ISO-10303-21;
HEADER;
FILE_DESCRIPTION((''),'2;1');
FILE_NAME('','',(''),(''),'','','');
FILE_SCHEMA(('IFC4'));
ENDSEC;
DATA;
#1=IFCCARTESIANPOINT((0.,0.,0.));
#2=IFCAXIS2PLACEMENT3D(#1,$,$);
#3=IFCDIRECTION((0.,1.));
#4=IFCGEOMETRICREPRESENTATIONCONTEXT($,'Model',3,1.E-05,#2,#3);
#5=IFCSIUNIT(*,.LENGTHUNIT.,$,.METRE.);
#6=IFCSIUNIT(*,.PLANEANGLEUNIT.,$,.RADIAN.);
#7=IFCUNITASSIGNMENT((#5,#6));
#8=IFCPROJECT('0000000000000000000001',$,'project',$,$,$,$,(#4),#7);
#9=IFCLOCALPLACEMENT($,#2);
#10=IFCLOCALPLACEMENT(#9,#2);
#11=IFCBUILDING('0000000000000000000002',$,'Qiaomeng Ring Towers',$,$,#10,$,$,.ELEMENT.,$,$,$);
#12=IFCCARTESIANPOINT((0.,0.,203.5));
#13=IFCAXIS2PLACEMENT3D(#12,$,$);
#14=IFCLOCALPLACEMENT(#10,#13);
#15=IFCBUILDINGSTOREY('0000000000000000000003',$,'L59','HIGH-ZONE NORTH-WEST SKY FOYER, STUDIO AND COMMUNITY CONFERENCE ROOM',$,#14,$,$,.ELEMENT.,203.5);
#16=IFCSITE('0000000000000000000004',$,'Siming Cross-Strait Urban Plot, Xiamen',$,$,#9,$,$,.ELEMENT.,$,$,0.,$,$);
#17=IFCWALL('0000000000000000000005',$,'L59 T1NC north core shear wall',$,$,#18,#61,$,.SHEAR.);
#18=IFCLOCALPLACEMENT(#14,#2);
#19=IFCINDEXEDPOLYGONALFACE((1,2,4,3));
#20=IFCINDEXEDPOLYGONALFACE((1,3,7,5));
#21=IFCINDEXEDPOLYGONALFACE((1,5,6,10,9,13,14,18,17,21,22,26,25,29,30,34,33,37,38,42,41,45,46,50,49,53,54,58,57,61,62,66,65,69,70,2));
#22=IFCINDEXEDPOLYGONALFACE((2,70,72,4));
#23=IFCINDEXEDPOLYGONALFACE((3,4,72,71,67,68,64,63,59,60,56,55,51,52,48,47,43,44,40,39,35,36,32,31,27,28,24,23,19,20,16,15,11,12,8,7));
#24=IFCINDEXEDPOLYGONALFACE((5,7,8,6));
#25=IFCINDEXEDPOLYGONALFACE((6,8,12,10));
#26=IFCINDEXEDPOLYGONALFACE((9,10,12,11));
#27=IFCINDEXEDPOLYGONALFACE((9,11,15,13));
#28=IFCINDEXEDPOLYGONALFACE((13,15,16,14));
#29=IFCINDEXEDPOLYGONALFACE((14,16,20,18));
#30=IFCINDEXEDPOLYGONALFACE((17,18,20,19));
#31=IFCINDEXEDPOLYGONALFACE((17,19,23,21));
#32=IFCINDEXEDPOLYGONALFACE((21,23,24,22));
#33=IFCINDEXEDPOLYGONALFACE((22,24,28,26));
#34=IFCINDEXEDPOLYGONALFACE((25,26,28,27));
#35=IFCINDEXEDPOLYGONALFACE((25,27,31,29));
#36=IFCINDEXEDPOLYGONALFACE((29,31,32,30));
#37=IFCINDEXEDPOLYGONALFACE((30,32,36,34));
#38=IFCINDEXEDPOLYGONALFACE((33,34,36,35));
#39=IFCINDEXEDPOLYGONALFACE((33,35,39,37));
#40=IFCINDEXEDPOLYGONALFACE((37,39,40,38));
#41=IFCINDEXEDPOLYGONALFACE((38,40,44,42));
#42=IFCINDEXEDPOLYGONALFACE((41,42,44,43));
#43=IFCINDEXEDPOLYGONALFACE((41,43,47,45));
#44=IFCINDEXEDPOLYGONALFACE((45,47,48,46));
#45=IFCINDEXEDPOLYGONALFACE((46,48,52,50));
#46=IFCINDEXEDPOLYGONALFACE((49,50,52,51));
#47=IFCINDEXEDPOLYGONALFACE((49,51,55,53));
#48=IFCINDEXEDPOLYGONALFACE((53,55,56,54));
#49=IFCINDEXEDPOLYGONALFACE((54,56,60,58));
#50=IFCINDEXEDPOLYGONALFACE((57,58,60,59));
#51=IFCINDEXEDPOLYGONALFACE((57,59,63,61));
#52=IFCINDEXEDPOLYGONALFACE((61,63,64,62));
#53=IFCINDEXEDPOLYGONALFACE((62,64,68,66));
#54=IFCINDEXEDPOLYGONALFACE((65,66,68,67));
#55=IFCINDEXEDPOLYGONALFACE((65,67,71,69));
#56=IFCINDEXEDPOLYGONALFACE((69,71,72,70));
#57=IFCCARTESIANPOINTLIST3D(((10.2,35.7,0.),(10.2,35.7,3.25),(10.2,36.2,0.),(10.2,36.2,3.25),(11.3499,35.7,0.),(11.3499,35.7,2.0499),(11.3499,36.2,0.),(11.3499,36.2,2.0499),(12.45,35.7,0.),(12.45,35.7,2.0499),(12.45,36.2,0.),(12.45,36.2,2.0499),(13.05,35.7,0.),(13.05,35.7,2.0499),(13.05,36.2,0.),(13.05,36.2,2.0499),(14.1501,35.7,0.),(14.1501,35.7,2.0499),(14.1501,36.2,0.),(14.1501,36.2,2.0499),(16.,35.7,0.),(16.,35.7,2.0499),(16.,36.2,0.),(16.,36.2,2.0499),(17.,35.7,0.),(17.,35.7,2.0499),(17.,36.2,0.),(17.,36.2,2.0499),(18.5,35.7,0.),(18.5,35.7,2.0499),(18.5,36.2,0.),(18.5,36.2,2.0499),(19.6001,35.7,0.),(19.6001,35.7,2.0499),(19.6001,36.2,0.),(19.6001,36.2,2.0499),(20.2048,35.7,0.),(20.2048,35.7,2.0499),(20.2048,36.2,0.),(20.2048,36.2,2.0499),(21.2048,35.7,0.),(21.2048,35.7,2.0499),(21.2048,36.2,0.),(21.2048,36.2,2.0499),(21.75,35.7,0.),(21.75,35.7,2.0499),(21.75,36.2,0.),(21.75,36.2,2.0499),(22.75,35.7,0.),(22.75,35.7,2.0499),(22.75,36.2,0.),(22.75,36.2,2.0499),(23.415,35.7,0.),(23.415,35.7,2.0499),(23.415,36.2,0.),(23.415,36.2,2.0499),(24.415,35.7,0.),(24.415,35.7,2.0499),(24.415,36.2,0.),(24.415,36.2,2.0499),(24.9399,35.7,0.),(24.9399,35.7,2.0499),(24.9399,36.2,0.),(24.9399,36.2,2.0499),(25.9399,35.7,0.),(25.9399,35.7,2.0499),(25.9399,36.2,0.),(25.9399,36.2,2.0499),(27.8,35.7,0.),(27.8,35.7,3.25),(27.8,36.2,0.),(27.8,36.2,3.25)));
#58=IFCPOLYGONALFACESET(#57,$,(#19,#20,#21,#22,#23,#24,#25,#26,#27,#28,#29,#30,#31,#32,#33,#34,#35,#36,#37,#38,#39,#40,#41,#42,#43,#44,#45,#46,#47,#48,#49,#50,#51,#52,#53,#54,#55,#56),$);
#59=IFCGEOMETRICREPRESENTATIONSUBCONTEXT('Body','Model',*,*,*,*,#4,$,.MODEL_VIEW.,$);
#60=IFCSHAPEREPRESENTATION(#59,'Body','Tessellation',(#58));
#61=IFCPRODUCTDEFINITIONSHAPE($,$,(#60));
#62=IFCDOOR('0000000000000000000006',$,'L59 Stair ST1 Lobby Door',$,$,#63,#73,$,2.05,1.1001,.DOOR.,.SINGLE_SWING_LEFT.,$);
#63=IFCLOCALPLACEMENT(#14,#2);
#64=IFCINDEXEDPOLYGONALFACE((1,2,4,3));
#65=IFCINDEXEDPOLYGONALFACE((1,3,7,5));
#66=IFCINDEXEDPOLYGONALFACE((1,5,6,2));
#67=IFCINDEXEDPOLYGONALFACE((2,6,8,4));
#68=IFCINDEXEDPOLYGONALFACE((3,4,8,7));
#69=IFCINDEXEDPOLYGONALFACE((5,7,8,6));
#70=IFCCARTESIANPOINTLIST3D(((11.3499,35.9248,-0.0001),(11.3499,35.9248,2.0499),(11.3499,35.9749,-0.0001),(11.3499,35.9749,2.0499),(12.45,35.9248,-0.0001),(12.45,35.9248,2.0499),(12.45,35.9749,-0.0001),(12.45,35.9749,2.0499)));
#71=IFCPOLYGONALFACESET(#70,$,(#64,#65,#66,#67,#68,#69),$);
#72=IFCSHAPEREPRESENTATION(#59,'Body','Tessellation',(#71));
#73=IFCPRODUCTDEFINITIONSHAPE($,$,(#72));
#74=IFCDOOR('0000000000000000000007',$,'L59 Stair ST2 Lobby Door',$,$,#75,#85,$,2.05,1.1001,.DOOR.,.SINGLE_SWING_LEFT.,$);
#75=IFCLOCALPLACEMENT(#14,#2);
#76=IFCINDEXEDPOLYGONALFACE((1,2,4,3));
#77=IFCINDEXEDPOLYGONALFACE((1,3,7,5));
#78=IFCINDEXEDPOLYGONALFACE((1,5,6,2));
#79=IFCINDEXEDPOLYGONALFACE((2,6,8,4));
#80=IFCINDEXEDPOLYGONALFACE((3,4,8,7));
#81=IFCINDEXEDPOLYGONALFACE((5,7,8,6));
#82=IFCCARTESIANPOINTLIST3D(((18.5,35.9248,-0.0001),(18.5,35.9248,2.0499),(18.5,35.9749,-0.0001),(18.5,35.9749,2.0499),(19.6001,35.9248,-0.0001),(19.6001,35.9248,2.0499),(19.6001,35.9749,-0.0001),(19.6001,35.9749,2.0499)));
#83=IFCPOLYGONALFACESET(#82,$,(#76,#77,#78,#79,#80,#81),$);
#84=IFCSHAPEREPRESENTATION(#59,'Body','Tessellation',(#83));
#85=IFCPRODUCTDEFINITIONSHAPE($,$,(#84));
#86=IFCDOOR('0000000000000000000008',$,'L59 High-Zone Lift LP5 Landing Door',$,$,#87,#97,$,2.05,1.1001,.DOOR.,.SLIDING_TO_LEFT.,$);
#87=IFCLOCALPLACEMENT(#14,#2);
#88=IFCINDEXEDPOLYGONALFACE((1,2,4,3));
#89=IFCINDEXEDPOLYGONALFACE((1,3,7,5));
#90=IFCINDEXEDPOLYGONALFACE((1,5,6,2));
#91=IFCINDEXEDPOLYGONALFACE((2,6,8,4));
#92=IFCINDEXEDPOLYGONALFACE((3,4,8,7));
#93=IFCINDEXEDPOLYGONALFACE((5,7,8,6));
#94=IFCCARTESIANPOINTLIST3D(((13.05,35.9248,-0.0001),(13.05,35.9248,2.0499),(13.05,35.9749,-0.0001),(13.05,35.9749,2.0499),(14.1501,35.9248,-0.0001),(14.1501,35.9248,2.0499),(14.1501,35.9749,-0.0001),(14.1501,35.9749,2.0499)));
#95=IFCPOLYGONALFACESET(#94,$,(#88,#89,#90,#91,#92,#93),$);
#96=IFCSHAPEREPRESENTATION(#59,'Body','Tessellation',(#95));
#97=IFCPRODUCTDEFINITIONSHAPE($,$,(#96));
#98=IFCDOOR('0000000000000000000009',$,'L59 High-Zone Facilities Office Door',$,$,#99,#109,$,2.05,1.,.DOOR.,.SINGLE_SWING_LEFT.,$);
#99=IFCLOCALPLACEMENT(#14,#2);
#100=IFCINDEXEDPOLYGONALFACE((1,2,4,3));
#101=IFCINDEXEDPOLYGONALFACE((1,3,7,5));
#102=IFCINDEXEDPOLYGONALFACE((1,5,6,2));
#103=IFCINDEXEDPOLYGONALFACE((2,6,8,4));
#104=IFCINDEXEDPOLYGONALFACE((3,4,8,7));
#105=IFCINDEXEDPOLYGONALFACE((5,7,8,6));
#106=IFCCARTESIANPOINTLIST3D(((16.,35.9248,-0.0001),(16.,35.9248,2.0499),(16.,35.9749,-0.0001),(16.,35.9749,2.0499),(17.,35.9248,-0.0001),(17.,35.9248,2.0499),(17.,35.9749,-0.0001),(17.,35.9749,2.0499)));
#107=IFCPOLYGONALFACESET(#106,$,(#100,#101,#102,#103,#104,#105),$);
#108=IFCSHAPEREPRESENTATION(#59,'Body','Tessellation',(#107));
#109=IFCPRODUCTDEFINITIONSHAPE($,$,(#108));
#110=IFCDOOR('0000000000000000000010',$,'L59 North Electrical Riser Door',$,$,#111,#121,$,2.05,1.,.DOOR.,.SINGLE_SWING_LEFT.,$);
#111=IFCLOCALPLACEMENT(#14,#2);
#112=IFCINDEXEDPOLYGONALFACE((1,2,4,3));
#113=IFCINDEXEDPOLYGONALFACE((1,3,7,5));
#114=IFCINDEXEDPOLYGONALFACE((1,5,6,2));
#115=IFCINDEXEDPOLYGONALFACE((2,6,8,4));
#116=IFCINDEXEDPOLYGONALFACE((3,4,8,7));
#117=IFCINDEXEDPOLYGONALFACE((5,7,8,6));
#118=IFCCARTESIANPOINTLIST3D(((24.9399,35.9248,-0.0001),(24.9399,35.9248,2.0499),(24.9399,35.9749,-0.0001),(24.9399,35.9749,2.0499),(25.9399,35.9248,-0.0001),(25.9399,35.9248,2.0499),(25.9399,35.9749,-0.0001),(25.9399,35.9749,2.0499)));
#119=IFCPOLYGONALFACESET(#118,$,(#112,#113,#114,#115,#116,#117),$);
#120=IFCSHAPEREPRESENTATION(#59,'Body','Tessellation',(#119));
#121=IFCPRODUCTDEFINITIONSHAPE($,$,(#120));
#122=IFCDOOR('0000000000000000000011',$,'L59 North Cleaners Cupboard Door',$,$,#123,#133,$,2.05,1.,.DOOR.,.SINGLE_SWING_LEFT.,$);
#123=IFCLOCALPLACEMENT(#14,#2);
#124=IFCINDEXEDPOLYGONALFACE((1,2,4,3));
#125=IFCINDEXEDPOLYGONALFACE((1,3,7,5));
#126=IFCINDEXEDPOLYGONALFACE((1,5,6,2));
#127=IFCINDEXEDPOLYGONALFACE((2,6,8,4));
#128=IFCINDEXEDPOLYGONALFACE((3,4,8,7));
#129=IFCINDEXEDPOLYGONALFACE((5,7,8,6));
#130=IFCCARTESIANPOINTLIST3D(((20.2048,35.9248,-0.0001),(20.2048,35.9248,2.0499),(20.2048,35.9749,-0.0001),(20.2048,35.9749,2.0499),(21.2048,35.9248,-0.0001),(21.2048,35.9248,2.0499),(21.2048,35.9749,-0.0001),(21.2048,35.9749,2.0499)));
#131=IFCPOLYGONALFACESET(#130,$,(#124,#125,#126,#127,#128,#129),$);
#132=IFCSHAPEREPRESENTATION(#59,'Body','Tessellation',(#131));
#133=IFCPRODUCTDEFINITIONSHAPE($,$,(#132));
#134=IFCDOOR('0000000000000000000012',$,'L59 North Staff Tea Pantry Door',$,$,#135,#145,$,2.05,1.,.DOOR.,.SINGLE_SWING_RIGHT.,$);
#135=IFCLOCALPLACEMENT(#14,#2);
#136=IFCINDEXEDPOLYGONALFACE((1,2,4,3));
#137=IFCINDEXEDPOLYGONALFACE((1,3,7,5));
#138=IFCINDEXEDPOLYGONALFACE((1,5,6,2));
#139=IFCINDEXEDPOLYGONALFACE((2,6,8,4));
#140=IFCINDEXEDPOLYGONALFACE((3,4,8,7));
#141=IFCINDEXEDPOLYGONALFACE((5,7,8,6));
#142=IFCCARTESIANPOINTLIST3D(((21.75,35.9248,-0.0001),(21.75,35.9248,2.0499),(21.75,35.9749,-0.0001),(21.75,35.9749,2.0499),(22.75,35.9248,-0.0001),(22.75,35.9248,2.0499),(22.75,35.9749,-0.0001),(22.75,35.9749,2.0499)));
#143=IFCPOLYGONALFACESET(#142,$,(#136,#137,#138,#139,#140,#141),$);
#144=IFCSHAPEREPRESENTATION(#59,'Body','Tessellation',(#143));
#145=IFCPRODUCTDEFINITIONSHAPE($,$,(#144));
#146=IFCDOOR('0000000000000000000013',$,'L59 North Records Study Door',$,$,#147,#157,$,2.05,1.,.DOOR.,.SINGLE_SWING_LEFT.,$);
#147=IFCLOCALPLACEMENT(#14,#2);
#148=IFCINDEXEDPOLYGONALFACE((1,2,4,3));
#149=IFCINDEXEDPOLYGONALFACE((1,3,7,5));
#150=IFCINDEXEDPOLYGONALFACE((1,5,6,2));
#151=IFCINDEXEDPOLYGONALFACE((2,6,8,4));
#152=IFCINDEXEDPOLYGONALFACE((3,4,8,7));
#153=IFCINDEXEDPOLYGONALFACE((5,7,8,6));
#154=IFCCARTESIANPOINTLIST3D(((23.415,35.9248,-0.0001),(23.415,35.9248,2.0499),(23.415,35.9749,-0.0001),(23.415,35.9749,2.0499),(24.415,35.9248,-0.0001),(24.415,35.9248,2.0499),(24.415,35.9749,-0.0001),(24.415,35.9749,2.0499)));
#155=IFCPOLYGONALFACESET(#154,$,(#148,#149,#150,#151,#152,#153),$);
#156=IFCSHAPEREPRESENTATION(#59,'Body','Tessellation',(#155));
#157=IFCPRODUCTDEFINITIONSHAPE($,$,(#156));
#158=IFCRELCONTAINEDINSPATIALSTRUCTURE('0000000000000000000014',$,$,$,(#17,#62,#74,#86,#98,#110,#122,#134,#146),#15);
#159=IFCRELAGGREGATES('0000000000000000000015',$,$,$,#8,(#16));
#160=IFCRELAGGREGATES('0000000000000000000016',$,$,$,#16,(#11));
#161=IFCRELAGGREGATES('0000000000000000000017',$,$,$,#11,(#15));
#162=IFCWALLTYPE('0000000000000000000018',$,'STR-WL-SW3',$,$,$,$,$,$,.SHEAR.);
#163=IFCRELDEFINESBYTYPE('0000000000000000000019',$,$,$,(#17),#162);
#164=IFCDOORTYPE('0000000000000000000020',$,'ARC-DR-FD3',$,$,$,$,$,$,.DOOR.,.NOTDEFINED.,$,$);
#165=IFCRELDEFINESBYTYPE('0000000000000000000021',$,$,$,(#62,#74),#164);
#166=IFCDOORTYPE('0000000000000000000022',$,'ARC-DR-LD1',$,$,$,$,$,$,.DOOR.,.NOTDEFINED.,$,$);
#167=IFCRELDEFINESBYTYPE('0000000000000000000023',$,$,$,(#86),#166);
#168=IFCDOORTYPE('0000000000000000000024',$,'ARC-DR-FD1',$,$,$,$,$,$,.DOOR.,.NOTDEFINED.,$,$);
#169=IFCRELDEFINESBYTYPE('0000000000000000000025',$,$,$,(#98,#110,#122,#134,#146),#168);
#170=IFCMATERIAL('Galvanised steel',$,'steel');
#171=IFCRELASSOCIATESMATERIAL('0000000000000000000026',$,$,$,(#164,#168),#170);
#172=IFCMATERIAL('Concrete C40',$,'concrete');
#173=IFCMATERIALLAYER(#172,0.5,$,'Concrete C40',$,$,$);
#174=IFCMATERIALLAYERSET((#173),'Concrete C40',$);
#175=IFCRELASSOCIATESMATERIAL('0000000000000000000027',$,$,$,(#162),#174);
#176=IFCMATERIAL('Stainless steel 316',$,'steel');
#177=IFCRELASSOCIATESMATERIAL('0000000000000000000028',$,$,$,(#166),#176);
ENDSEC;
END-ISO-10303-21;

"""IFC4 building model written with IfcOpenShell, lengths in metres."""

from ifc_helpers import new_model, si_unit, direction, frame, frame_2d, origin, place, context, subcontext, project, spatial, rectangle, extrude, source, transform, mapped, material, layer, layer_set, type_object, element, fill, save


model = new_model("IFC4")

# Units and contexts
model_context = context("Model", 3, precision=1e-05, world=origin(), true_north=direction((0.0, 1.0)))
body_context = subcontext(model_context, "Body", "Model", "MODEL_VIEW")
ifc_project = project(units=[si_unit("LENGTHUNIT", "METRE"), si_unit("PLANEANGLEUNIT", "RADIAN")], contexts=[model_context])

# Site, building, storey
site_placement = place(None, origin())
site = spatial("IfcSite", under=ifc_project, at=site_placement, Name="Siming Cross-Strait Urban Plot, Xiamen", CompositionType="ELEMENT", RefElevation=0.0)
building_placement = place(site_placement, origin())
building = spatial("IfcBuilding", under=site, at=building_placement, Name="Qiaomeng Ring Towers", CompositionType="ELEMENT")
storey_placement = place(building_placement, frame((0.0, 0.0, 203.5)))
storey = spatial("IfcBuildingStorey", under=building, at=storey_placement, Name="L59", Description="HIGH-ZONE NORTH-WEST SKY FOYER, STUDIO AND COMMUNITY CONFERENCE ROOM", CompositionType="ELEMENT", Elevation=203.5)

# Shared definitions
ifc_material_1 = material(Name="Concrete C40", Category="concrete")

# Shared definitions
ifc_material_2 = material(Name="Galvanised steel", Category="steel")
door_type_1 = type_object("IfcDoorType", Name="ARC-DR-FD3", OperationType="NOTDEFINED", PredefinedType="DOOR", material=ifc_material_2)
shared_shape_1 = source(origin(), body_context, "Body", "SweptSolid", [
    extrude(rectangle(XDim=1.1001, YDim=2.05, at=frame_2d((0.55, 1.0249))), frame((0.0, 0.0249, 0.0), z_axis=(0.0, -1.0, 0.0), x_axis=(1.0, 0.0, 0.0)), (0.0, 0.0, 1.0), 0.05),
])

# Wall, openings, doors
ifc_layer_1 = layer(ifc_material_1, 0.5, Name="Concrete C40")
ifc_layer_set_1 = layer_set([ifc_layer_1], Name="Concrete C40")
wall_type_1 = type_object("IfcWallType", Name="STR-WL-SW3", PredefinedType="SHEAR", material=ifc_layer_set_1)
wall_1_placement = place(storey_placement, frame((10.2, 35.95, 0.0), z_axis=(0.0, 0.0, 1.0), x_axis=(1.0, 0.0, 0.0)))
wall_1 = element("IfcWall", 1, at=wall_1_placement, inside=storey, type_object=wall_type_1, Name="L59 T1NC north core shear wall", PredefinedType="SHEAR", context=body_context, shape_type="SweptSolid", body=[
    extrude(rectangle(XDim=17.6001, YDim=0.5, at=frame_2d((8.8, 0.0))), origin(), (0.0, 0.0, 1.0), 3.25),
])
opening_1_placement = place(wall_1_placement, frame((1.1499, 0.0, 0.0)))
opening_1 = element("IfcOpeningElement", 2, at=opening_1_placement, cuts=wall_1, PredefinedType="OPENING", context=body_context, shape_type="SweptSolid", body=[
    extrude(rectangle(XDim=1.1001, YDim=2.05, at=frame_2d((0.55, 1.0249))), frame((0.0, 0.26, 0.0), z_axis=(0.0, -1.0, 0.0), x_axis=(1.0, 0.0, 0.0)), (0.0, 0.0, 1.0), 0.52),
])
opening_2_placement = place(wall_1_placement, frame((8.3, 0.0, 0.0)))
opening_2 = element("IfcOpeningElement", 3, at=opening_2_placement, cuts=wall_1, PredefinedType="OPENING", context=body_context, shape_type="SweptSolid", body=[
    extrude(rectangle(XDim=1.1001, YDim=2.05, at=frame_2d((0.55, 1.0249))), frame((0.0, 0.26, 0.0), z_axis=(0.0, -1.0, 0.0), x_axis=(1.0, 0.0, 0.0)), (0.0, 0.0, 1.0), 0.52),
])
opening_3_placement = place(wall_1_placement, frame((2.8501, 0.0, 0.0)))
opening_3 = element("IfcOpeningElement", 4, at=opening_3_placement, cuts=wall_1, PredefinedType="OPENING", context=body_context, shape_type="SweptSolid", body=[
    extrude(rectangle(XDim=1.1001, YDim=2.05, at=frame_2d((0.55, 1.0249))), frame((0.0, 0.26, 0.0), z_axis=(0.0, -1.0, 0.0), x_axis=(1.0, 0.0, 0.0)), (0.0, 0.0, 1.0), 0.52),
])
opening_4_placement = place(wall_1_placement, frame((5.8, 0.0, 0.0)))
opening_4 = element("IfcOpeningElement", 5, at=opening_4_placement, cuts=wall_1, PredefinedType="OPENING", context=body_context, shape_type="SweptSolid", body=[
    extrude(rectangle(XDim=1.0, YDim=2.05, at=frame_2d((0.5, 1.0249))), frame((0.0, 0.26, 0.0), z_axis=(0.0, -1.0, 0.0), x_axis=(1.0, 0.0, 0.0)), (0.0, 0.0, 1.0), 0.52),
])
opening_5_placement = place(wall_1_placement, frame((14.74, 0.0, 0.0)))
opening_5 = element("IfcOpeningElement", 6, at=opening_5_placement, cuts=wall_1, PredefinedType="OPENING", context=body_context, shape_type="SweptSolid", body=[
    extrude(rectangle(XDim=1.0, YDim=2.05, at=frame_2d((0.5, 1.0249))), frame((0.0, 0.26, 0.0), z_axis=(0.0, -1.0, 0.0), x_axis=(1.0, 0.0, 0.0)), (0.0, 0.0, 1.0), 0.52),
])
opening_6_placement = place(wall_1_placement, frame((10.0049, 0.0, 0.0)))
opening_6 = element("IfcOpeningElement", 7, at=opening_6_placement, cuts=wall_1, PredefinedType="OPENING", context=body_context, shape_type="SweptSolid", body=[
    extrude(rectangle(XDim=1.0, YDim=2.05, at=frame_2d((0.5, 1.0249))), frame((0.0, 0.26, 0.0), z_axis=(0.0, -1.0, 0.0), x_axis=(1.0, 0.0, 0.0)), (0.0, 0.0, 1.0), 0.52),
])
opening_7_placement = place(wall_1_placement, frame((11.55, 0.0, 0.0)))
opening_7 = element("IfcOpeningElement", 8, at=opening_7_placement, cuts=wall_1, PredefinedType="OPENING", context=body_context, shape_type="SweptSolid", body=[
    extrude(rectangle(XDim=1.0, YDim=2.05, at=frame_2d((0.5, 1.0249))), frame((0.0, 0.26, 0.0), z_axis=(0.0, -1.0, 0.0), x_axis=(1.0, 0.0, 0.0)), (0.0, 0.0, 1.0), 0.52),
])
opening_8_placement = place(wall_1_placement, frame((13.2151, 0.0, 0.0)))
opening_8 = element("IfcOpeningElement", 9, at=opening_8_placement, cuts=wall_1, PredefinedType="OPENING", context=body_context, shape_type="SweptSolid", body=[
    extrude(rectangle(XDim=1.0, YDim=2.05, at=frame_2d((0.5, 1.0249))), frame((0.0, 0.26, 0.0), z_axis=(0.0, -1.0, 0.0), x_axis=(1.0, 0.0, 0.0)), (0.0, 0.0, 1.0), 0.52),
])
door_1_placement = place(opening_1_placement, origin())
door_1 = element("IfcDoor", 10, at=door_1_placement, inside=storey, type_object=door_type_1, Name="L59 Stair ST1 Lobby Door", OperationType="SINGLE_SWING_LEFT", OverallHeight=2.05, OverallWidth=1.1001, PredefinedType="DOOR", context=body_context, shape_type="MappedRepresentation", body=[
    mapped(shared_shape_1, transform((0.0, 0.0, 0.0), x_axis=(1.0, 0.0, 0.0), y_axis=(0.0, 1.0, 0.0), z_axis=(0.0, 0.0, 1.0), scale=1.0)),
])
fill(opening_1, door_1)
door_2_placement = place(opening_2_placement, origin())
door_2 = element("IfcDoor", 11, at=door_2_placement, inside=storey, type_object=door_type_1, Name="L59 Stair ST2 Lobby Door", OperationType="SINGLE_SWING_LEFT", OverallHeight=2.05, OverallWidth=1.1001, PredefinedType="DOOR", context=body_context, shape_type="MappedRepresentation", body=[
    mapped(shared_shape_1, transform((0.0, 0.0, 0.0), x_axis=(1.0, 0.0, 0.0), y_axis=(0.0, 1.0, 0.0), z_axis=(0.0, 0.0, 1.0), scale=1.0)),
])
fill(opening_2, door_2)
ifc_material_3 = material(Name="Stainless steel 316", Category="steel")
door_type_2 = type_object("IfcDoorType", Name="ARC-DR-LD1", OperationType="NOTDEFINED", PredefinedType="DOOR", material=ifc_material_3)
door_3_placement = place(opening_3_placement, origin())
door_3 = element("IfcDoor", 12, at=door_3_placement, inside=storey, type_object=door_type_2, Name="L59 High-Zone Lift LP5 Landing Door", OperationType="SLIDING_TO_LEFT", OverallHeight=2.05, OverallWidth=1.1001, PredefinedType="DOOR", context=body_context, shape_type="MappedRepresentation", body=[
    mapped(shared_shape_1, transform((0.0, 0.0, 0.0), x_axis=(1.0, 0.0, 0.0), y_axis=(0.0, 1.0, 0.0), z_axis=(0.0, 0.0, 1.0), scale=1.0)),
])
fill(opening_3, door_3)
door_type_3 = type_object("IfcDoorType", Name="ARC-DR-FD1", OperationType="NOTDEFINED", PredefinedType="DOOR", material=ifc_material_2)
shared_shape_2 = source(origin(), body_context, "Body", "SweptSolid", [
    extrude(rectangle(XDim=1.0, YDim=2.05, at=frame_2d((0.5, 1.0249))), frame((0.0, 0.0249, 0.0), z_axis=(0.0, -1.0, 0.0), x_axis=(1.0, 0.0, 0.0)), (0.0, 0.0, 1.0), 0.05),
])
door_4_placement = place(opening_4_placement, origin())
door_4 = element("IfcDoor", 13, at=door_4_placement, inside=storey, type_object=door_type_3, Name="L59 High-Zone Facilities Office Door", OperationType="SINGLE_SWING_LEFT", OverallHeight=2.05, OverallWidth=1.0, PredefinedType="DOOR", context=body_context, shape_type="MappedRepresentation", body=[
    mapped(shared_shape_2, transform((0.0, 0.0, 0.0), x_axis=(1.0, 0.0, 0.0), y_axis=(0.0, 1.0, 0.0), z_axis=(0.0, 0.0, 1.0), scale=1.0)),
])
fill(opening_4, door_4)
door_5_placement = place(opening_5_placement, origin())
door_5 = element("IfcDoor", 14, at=door_5_placement, inside=storey, type_object=door_type_3, Name="L59 North Electrical Riser Door", OperationType="SINGLE_SWING_LEFT", OverallHeight=2.05, OverallWidth=1.0, PredefinedType="DOOR", context=body_context, shape_type="MappedRepresentation", body=[
    mapped(shared_shape_2, transform((0.0, 0.0, 0.0), x_axis=(1.0, 0.0, 0.0), y_axis=(0.0, 1.0, 0.0), z_axis=(0.0, 0.0, 1.0), scale=1.0)),
])
fill(opening_5, door_5)
door_6_placement = place(opening_6_placement, origin())
door_6 = element("IfcDoor", 15, at=door_6_placement, inside=storey, type_object=door_type_3, Name="L59 North Cleaners Cupboard Door", OperationType="SINGLE_SWING_LEFT", OverallHeight=2.05, OverallWidth=1.0, PredefinedType="DOOR", context=body_context, shape_type="MappedRepresentation", body=[
    mapped(shared_shape_2, transform((0.0, 0.0, 0.0), x_axis=(1.0, 0.0, 0.0), y_axis=(0.0, 1.0, 0.0), z_axis=(0.0, 0.0, 1.0), scale=1.0)),
])
fill(opening_6, door_6)
door_7_placement = place(opening_7_placement, origin())
door_7 = element("IfcDoor", 16, at=door_7_placement, inside=storey, type_object=door_type_3, Name="L59 North Staff Tea Pantry Door", OperationType="SINGLE_SWING_RIGHT", OverallHeight=2.05, OverallWidth=1.0, PredefinedType="DOOR", context=body_context, shape_type="MappedRepresentation", body=[
    mapped(shared_shape_2, transform((0.0, 0.0, 0.0), x_axis=(1.0, 0.0, 0.0), y_axis=(0.0, 1.0, 0.0), z_axis=(0.0, 0.0, 1.0), scale=1.0)),
])
fill(opening_7, door_7)
door_8_placement = place(opening_8_placement, origin())
door_8 = element("IfcDoor", 17, at=door_8_placement, inside=storey, type_object=door_type_3, Name="L59 North Records Study Door", OperationType="SINGLE_SWING_LEFT", OverallHeight=2.05, OverallWidth=1.0, PredefinedType="DOOR", context=body_context, shape_type="MappedRepresentation", body=[
    mapped(shared_shape_2, transform((0.0, 0.0, 0.0), x_axis=(1.0, 0.0, 0.0), y_axis=(0.0, 1.0, 0.0), z_axis=(0.0, 0.0, 1.0), scale=1.0)),
])
fill(opening_8, door_8)

save(model, "model.ifc")
